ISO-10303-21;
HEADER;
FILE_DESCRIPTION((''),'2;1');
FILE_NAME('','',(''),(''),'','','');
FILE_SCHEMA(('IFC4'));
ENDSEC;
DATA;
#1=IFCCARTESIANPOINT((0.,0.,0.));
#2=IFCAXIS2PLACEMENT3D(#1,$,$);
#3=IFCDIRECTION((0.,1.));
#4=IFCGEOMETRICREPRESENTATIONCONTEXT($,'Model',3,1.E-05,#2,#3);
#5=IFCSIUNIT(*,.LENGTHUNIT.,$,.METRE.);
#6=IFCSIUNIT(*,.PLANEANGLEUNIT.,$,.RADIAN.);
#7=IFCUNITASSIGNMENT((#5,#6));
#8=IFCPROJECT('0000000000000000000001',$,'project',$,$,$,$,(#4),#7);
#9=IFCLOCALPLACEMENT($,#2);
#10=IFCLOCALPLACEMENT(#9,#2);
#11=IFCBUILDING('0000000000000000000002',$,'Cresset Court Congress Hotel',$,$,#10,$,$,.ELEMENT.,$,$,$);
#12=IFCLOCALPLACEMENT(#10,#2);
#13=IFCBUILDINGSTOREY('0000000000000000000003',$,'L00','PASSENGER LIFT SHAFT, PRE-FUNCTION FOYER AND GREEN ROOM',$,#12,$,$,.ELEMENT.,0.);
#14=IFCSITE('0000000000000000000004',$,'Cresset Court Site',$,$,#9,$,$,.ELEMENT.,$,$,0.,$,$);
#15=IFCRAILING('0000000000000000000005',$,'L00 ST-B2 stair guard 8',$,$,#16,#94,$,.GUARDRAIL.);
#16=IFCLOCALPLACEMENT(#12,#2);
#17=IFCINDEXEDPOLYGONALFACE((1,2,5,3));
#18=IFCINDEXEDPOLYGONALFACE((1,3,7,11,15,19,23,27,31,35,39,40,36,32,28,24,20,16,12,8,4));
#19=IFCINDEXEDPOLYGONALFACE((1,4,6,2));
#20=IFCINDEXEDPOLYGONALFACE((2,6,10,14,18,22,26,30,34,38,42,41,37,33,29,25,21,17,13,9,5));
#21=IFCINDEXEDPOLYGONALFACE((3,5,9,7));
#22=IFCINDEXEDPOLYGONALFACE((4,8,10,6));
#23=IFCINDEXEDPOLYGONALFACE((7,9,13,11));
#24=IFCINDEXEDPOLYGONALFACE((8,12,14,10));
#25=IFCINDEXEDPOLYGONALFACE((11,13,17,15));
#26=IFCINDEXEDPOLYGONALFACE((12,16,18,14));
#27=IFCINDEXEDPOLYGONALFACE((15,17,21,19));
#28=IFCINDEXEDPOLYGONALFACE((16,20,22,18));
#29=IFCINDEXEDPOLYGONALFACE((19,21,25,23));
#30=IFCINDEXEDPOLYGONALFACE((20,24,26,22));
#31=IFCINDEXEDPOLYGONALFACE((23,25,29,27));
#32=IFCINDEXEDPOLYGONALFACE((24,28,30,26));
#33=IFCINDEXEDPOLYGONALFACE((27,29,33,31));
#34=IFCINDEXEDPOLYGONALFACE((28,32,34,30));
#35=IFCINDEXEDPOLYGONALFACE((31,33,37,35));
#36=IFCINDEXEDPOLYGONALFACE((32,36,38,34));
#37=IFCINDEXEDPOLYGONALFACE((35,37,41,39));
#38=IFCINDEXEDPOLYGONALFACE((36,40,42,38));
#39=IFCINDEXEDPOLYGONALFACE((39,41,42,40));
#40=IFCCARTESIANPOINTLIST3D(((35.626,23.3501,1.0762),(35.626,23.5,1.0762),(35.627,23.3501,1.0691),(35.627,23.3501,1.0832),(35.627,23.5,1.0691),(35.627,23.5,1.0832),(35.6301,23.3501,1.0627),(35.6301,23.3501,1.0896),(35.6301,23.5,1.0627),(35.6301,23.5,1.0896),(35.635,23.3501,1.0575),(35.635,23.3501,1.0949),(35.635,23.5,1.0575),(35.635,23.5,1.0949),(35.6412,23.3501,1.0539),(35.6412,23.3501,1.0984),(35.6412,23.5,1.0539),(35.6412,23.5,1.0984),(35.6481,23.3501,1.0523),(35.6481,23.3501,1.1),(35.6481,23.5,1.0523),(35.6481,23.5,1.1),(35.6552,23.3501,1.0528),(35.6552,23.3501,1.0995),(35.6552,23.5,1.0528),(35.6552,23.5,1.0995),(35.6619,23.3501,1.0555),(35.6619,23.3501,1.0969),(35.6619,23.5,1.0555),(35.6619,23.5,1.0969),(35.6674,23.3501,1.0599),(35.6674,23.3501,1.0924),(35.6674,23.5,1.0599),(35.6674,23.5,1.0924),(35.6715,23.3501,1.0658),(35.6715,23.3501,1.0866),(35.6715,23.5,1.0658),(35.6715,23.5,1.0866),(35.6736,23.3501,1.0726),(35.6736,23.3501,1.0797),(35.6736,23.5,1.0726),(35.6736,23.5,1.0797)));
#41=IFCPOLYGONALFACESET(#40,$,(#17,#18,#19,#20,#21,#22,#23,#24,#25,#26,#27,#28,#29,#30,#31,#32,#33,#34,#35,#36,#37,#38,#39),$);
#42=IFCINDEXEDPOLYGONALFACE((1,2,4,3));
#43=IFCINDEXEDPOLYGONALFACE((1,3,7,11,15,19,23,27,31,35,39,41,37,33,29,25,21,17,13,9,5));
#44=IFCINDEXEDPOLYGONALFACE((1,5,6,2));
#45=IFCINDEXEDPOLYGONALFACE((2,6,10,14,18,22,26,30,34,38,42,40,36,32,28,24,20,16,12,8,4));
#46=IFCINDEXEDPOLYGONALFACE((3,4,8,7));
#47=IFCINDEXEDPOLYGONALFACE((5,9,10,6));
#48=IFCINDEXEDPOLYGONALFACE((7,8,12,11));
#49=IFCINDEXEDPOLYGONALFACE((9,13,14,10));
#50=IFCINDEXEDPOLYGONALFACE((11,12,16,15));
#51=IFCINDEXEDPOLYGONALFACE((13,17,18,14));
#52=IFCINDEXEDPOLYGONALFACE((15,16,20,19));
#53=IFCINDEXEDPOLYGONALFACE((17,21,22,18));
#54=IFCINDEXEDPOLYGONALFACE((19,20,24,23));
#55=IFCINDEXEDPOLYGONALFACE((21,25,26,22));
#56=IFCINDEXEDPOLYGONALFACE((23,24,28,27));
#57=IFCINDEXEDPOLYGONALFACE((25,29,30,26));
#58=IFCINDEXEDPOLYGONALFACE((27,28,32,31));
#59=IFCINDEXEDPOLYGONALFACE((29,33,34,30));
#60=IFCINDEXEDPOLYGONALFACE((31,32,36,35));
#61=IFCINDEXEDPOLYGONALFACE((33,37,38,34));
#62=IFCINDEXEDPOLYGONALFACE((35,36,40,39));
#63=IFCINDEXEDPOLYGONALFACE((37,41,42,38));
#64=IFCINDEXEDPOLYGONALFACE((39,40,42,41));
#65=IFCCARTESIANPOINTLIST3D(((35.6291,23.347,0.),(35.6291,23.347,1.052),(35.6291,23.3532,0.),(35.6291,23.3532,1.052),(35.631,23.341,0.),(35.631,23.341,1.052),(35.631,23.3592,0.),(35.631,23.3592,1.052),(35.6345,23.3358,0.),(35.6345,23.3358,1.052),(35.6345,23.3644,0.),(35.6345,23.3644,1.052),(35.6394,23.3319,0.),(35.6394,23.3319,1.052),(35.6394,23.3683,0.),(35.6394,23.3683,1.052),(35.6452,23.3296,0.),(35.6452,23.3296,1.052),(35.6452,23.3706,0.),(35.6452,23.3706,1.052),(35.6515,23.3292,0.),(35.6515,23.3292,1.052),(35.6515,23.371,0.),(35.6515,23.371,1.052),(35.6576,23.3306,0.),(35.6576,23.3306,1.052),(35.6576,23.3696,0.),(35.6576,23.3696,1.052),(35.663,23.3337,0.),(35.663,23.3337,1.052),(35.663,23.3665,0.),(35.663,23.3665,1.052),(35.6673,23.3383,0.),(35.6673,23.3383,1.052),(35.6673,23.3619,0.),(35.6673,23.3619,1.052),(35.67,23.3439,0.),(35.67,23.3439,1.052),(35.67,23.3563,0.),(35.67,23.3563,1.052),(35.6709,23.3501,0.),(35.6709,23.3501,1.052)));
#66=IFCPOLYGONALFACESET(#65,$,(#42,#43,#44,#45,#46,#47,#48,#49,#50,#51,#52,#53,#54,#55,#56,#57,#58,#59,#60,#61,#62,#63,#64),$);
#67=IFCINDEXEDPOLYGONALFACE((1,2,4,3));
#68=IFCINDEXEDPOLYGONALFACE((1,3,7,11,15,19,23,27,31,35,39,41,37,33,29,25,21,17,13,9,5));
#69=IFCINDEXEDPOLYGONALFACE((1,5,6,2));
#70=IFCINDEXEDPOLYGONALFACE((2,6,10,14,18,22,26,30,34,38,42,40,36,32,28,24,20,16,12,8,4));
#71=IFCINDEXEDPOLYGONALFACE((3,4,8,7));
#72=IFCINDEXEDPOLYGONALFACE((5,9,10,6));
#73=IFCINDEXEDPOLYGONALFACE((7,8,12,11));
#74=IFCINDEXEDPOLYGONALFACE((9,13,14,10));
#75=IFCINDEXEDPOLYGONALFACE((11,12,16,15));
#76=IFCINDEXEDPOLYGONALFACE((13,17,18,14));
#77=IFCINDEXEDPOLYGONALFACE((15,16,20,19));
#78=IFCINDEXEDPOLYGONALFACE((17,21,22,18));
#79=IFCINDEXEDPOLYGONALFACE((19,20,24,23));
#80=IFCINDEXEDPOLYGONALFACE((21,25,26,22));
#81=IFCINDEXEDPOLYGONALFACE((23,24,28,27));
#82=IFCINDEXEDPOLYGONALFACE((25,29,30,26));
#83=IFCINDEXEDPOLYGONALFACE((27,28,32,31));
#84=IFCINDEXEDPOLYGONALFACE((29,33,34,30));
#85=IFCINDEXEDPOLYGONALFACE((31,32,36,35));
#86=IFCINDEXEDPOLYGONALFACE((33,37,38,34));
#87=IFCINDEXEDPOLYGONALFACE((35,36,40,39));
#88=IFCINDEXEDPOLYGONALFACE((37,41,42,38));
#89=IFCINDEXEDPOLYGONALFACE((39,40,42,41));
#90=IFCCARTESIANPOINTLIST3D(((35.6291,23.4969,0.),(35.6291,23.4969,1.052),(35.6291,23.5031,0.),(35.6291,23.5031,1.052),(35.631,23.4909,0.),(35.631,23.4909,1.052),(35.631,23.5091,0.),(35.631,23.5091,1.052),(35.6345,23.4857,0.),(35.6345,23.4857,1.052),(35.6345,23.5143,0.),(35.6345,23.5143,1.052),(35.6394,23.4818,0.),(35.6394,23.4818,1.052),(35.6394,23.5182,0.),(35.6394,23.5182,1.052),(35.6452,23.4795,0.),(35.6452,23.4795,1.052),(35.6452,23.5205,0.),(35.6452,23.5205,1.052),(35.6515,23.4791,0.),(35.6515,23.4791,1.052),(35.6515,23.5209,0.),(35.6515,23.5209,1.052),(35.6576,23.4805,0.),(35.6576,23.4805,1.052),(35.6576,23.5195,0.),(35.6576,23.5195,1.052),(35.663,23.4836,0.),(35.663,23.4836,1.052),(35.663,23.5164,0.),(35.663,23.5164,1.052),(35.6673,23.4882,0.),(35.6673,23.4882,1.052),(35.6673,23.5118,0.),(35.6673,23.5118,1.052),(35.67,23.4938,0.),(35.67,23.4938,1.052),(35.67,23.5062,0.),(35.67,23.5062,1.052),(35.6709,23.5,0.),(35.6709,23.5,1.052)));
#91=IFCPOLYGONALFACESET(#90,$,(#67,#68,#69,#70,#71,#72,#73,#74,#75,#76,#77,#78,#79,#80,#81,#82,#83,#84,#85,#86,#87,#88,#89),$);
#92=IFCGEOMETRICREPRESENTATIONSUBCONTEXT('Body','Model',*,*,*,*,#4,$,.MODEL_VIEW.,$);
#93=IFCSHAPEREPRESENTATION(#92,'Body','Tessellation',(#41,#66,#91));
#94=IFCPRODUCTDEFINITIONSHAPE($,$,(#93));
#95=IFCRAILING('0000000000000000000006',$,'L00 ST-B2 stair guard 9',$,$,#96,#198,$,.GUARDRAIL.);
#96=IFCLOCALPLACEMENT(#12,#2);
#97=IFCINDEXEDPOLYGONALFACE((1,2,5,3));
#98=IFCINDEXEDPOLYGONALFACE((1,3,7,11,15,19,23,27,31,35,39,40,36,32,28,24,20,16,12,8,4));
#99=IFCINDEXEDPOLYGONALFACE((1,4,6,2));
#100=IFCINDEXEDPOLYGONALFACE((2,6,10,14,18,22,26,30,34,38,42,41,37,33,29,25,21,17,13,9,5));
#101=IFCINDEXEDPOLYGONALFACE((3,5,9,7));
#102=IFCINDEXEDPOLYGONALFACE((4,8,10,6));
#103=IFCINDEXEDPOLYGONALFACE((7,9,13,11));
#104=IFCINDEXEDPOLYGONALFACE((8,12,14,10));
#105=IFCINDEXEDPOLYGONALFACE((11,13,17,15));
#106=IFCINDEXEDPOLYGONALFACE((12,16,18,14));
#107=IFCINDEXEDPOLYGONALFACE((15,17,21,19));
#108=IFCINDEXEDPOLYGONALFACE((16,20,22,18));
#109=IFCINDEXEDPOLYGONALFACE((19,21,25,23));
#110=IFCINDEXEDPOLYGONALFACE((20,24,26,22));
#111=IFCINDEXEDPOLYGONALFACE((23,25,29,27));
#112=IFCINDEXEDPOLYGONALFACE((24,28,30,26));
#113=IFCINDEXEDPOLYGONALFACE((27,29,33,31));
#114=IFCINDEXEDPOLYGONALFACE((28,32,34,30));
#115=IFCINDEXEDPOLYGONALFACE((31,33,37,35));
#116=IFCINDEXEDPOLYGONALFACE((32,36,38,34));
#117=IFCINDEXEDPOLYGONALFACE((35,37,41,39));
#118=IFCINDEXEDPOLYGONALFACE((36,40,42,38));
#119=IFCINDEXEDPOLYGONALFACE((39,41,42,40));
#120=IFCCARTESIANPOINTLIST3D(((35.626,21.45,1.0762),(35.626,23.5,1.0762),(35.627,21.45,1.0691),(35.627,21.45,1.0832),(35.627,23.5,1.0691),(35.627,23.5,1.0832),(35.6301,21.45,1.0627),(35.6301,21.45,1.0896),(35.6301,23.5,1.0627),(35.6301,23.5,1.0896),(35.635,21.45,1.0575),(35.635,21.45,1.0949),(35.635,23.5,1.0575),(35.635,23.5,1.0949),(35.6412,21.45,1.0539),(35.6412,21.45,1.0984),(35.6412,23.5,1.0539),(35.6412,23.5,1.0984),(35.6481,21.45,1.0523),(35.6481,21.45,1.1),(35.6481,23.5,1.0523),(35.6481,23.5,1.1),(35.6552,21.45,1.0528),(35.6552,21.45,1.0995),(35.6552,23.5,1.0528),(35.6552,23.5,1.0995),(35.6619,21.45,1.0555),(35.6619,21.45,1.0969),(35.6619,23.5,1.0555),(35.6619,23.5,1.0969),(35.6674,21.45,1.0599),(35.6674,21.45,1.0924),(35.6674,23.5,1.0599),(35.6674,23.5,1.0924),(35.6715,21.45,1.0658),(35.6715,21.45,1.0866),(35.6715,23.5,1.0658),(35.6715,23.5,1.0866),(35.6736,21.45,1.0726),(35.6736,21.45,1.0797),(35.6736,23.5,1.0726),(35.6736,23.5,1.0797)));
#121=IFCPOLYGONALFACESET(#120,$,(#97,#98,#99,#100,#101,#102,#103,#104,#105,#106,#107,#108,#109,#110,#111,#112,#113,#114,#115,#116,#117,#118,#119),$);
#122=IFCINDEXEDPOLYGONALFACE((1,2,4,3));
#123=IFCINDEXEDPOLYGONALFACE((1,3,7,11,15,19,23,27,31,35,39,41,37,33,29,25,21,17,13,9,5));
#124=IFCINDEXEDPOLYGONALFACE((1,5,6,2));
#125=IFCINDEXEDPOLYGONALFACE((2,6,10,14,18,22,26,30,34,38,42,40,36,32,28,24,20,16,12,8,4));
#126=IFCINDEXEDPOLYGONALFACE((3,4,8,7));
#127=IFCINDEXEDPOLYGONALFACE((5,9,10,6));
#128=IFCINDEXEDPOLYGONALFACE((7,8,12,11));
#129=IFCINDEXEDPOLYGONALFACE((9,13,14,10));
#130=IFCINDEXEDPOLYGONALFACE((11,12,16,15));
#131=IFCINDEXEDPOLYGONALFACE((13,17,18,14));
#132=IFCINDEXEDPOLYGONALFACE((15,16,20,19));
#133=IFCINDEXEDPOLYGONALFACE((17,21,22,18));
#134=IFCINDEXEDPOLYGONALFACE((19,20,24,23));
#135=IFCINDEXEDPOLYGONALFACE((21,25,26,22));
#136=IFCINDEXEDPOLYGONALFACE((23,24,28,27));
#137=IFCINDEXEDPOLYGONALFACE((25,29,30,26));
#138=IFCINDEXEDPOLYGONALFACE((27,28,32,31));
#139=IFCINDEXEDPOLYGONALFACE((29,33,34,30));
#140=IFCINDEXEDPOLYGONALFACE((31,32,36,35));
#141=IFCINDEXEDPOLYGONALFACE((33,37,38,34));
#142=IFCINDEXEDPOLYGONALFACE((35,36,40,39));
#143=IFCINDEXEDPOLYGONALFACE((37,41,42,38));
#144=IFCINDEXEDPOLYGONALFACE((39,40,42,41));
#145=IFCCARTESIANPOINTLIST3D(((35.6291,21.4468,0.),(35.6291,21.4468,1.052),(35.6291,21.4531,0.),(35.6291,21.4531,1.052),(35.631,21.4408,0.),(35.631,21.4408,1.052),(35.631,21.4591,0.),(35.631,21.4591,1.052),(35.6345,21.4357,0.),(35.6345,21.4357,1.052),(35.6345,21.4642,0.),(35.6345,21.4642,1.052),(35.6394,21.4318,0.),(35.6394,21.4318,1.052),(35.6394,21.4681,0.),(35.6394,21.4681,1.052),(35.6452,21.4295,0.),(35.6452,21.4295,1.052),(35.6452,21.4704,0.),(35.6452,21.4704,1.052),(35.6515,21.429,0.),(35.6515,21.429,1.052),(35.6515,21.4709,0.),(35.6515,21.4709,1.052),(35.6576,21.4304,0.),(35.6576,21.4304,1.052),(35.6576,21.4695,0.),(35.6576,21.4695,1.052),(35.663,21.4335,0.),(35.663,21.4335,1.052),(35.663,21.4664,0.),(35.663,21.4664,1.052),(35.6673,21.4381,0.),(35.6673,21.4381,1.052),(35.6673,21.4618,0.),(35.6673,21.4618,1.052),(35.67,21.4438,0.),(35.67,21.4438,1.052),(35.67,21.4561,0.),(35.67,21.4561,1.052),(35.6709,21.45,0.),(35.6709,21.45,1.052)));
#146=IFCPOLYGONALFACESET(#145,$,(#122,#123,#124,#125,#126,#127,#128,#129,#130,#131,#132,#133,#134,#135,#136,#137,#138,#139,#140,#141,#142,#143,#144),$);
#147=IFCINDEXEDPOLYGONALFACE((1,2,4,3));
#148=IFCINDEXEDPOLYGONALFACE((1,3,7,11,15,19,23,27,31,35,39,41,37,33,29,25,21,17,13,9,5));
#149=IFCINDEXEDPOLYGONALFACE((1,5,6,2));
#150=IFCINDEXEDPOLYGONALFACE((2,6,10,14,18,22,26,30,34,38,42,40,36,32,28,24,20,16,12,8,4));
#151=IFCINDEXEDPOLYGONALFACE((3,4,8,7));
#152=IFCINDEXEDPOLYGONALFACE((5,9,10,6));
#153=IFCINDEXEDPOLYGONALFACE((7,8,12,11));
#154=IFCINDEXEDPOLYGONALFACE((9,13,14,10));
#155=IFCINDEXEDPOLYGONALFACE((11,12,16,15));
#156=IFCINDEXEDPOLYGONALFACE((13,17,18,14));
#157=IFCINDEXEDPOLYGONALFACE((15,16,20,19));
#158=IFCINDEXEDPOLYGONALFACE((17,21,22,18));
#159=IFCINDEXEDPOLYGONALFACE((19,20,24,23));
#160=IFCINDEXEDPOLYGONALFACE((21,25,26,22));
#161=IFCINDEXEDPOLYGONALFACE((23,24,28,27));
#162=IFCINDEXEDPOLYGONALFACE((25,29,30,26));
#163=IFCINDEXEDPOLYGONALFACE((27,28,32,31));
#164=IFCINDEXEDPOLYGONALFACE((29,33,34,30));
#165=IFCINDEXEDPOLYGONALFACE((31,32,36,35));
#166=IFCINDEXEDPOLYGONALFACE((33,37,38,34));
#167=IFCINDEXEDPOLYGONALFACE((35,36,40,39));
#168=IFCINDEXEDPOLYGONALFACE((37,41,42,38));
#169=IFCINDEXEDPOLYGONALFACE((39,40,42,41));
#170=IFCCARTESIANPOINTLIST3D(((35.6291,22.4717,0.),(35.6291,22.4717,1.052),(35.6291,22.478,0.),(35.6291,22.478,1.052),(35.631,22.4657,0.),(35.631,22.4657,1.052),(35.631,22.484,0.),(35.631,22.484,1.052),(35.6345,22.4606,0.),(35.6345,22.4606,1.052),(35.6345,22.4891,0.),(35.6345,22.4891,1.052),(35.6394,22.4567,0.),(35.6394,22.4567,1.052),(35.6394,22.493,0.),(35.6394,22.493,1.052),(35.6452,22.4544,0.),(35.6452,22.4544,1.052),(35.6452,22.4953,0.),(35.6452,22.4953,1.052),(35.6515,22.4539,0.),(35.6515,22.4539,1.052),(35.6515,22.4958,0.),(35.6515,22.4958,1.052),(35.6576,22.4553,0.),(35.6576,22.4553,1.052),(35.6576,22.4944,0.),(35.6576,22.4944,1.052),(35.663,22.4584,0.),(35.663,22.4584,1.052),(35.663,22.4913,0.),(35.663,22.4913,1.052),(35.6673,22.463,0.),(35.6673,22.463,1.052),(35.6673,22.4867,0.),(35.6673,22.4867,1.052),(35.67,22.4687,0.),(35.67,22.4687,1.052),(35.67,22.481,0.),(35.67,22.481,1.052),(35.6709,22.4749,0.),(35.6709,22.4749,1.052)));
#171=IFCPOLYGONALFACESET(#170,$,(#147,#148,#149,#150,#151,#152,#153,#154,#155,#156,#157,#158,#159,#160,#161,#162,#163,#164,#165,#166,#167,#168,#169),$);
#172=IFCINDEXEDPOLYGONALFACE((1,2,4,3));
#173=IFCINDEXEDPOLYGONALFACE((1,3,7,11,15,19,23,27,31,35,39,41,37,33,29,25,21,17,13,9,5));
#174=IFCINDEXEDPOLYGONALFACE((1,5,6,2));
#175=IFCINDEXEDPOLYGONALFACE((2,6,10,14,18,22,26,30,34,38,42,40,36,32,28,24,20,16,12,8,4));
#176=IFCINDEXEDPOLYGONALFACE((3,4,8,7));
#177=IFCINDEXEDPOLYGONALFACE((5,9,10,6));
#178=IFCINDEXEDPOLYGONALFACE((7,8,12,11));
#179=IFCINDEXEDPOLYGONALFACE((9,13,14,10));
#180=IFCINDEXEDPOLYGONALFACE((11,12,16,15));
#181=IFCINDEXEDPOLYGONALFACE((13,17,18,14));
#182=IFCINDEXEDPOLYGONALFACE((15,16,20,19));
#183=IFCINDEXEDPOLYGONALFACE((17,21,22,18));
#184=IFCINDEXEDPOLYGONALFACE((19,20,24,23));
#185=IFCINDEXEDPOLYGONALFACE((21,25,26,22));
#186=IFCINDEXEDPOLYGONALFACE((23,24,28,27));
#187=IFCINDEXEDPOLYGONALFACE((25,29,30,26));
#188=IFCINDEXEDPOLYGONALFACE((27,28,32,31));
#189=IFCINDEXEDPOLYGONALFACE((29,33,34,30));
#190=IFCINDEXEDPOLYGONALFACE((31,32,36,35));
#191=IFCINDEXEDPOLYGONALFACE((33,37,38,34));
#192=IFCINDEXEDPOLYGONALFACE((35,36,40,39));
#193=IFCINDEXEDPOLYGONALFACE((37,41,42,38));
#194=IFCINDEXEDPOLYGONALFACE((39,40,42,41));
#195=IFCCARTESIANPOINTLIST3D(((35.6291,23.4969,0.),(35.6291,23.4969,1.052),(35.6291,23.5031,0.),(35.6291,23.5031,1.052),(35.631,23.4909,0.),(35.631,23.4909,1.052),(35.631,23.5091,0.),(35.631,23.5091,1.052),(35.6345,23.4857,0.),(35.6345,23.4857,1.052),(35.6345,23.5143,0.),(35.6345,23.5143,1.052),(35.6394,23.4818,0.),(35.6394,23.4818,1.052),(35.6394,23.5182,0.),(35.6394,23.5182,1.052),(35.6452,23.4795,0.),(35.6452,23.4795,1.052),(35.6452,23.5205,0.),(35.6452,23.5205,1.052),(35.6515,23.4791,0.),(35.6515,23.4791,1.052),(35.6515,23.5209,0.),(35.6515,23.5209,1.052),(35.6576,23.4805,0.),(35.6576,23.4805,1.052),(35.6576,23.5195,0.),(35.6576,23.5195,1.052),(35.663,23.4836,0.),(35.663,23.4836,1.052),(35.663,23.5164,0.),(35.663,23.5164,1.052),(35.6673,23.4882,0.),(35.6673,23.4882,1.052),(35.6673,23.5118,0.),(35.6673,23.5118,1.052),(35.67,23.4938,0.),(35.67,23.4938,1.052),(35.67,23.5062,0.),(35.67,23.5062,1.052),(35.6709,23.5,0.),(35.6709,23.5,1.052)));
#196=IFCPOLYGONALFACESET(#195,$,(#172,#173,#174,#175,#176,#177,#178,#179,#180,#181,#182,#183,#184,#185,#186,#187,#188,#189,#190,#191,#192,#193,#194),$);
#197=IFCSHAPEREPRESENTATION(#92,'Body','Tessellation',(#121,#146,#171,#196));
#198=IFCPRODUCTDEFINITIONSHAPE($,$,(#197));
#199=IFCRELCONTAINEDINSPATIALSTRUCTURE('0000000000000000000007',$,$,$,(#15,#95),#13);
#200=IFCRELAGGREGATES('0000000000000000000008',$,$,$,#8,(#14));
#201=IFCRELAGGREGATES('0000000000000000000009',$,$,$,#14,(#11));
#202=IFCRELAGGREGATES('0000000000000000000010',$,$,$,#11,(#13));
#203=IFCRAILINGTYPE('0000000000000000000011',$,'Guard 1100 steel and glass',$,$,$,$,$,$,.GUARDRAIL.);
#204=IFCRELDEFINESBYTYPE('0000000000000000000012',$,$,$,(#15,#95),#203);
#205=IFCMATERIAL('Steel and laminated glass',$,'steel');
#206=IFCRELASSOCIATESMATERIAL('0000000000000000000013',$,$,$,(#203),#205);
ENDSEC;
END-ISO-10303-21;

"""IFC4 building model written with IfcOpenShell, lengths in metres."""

from ifc_helpers import new_model, si_unit, direction, frame, origin, origin_2d, place, context, subcontext, project, spatial, circle, extrude, material, type_object, element, save


model = new_model("IFC4")

# Units and contexts
model_context = context("Model", 3, precision=1e-05, world=origin(), true_north=direction((0.0, 1.0)))
body_context = subcontext(model_context, "Body", "Model", "MODEL_VIEW")
ifc_project = project(units=[si_unit("LENGTHUNIT", "METRE"), si_unit("PLANEANGLEUNIT", "RADIAN")], contexts=[model_context])

# Site, building, storey
site_placement = place(None, origin())
site = spatial("IfcSite", under=ifc_project, at=site_placement, Name="Cresset Court Site", CompositionType="ELEMENT", RefElevation=0.0)
building_placement = place(site_placement, origin())
building = spatial("IfcBuilding", under=site, at=building_placement, Name="Cresset Court Congress Hotel", CompositionType="ELEMENT")
storey_placement = place(building_placement, origin())
storey = spatial("IfcBuildingStorey", under=building, at=storey_placement, Name="L00", Description="PASSENGER LIFT SHAFT, PRE-FUNCTION FOYER AND GREEN ROOM", CompositionType="ELEMENT", Elevation=0.0)

# Railings
ifc_material_1 = material(Name="Steel and laminated glass", Category="steel")
railing_type_1 = type_object("IfcRailingType", Name="Guard 1100 steel and glass", PredefinedType="GUARDRAIL", material=ifc_material_1)
railing_1_placement = place(storey_placement, frame((35.6499, 23.3501, 0.0)))
element("IfcRailing", 1, at=railing_1_placement, inside=storey, type_object=railing_type_1, Name="L00 ST-B2 stair guard 8", PredefinedType="GUARDRAIL", context=body_context, shape_type="SweptSolid", body=[
    extrude(circle(Radius=0.0239, at=origin_2d()), frame((0.0, 0.0, 1.0762), z_axis=(0.0, 1.0, 0.0), x_axis=(-1.0, 0.0, 0.0)), (0.0, 0.0, 1.0), 0.1499),
    extrude(circle(Radius=0.021, at=origin_2d()), origin(), (0.0, 0.0, 1.0), 1.052),
    extrude(circle(Radius=0.021, at=origin_2d()), frame((0.0, 0.1499, 0.0)), (0.0, 0.0, 1.0), 1.052),
])
railing_2_placement = place(storey_placement, frame((35.6499, 21.45, 0.0)))
element("IfcRailing", 2, at=railing_2_placement, inside=storey, type_object=railing_type_1, Name="L00 ST-B2 stair guard 9", PredefinedType="GUARDRAIL", context=body_context, shape_type="SweptSolid", body=[
    extrude(circle(Radius=0.0239, at=origin_2d()), frame((0.0, 0.0, 1.0762), z_axis=(0.0, 1.0, 0.0), x_axis=(-1.0, 0.0, 0.0)), (0.0, 0.0, 1.0), 2.05),
    extrude(circle(Radius=0.021, at=origin_2d()), origin(), (0.0, 0.0, 1.0), 1.052),
    extrude(circle(Radius=0.021, at=origin_2d()), frame((0.0, 1.0249, 0.0)), (0.0, 0.0, 1.0), 1.052),
    extrude(circle(Radius=0.021, at=origin_2d()), frame((0.0, 2.05, 0.0)), (0.0, 0.0, 1.0), 1.052),
])

save(model, "model.ifc")
